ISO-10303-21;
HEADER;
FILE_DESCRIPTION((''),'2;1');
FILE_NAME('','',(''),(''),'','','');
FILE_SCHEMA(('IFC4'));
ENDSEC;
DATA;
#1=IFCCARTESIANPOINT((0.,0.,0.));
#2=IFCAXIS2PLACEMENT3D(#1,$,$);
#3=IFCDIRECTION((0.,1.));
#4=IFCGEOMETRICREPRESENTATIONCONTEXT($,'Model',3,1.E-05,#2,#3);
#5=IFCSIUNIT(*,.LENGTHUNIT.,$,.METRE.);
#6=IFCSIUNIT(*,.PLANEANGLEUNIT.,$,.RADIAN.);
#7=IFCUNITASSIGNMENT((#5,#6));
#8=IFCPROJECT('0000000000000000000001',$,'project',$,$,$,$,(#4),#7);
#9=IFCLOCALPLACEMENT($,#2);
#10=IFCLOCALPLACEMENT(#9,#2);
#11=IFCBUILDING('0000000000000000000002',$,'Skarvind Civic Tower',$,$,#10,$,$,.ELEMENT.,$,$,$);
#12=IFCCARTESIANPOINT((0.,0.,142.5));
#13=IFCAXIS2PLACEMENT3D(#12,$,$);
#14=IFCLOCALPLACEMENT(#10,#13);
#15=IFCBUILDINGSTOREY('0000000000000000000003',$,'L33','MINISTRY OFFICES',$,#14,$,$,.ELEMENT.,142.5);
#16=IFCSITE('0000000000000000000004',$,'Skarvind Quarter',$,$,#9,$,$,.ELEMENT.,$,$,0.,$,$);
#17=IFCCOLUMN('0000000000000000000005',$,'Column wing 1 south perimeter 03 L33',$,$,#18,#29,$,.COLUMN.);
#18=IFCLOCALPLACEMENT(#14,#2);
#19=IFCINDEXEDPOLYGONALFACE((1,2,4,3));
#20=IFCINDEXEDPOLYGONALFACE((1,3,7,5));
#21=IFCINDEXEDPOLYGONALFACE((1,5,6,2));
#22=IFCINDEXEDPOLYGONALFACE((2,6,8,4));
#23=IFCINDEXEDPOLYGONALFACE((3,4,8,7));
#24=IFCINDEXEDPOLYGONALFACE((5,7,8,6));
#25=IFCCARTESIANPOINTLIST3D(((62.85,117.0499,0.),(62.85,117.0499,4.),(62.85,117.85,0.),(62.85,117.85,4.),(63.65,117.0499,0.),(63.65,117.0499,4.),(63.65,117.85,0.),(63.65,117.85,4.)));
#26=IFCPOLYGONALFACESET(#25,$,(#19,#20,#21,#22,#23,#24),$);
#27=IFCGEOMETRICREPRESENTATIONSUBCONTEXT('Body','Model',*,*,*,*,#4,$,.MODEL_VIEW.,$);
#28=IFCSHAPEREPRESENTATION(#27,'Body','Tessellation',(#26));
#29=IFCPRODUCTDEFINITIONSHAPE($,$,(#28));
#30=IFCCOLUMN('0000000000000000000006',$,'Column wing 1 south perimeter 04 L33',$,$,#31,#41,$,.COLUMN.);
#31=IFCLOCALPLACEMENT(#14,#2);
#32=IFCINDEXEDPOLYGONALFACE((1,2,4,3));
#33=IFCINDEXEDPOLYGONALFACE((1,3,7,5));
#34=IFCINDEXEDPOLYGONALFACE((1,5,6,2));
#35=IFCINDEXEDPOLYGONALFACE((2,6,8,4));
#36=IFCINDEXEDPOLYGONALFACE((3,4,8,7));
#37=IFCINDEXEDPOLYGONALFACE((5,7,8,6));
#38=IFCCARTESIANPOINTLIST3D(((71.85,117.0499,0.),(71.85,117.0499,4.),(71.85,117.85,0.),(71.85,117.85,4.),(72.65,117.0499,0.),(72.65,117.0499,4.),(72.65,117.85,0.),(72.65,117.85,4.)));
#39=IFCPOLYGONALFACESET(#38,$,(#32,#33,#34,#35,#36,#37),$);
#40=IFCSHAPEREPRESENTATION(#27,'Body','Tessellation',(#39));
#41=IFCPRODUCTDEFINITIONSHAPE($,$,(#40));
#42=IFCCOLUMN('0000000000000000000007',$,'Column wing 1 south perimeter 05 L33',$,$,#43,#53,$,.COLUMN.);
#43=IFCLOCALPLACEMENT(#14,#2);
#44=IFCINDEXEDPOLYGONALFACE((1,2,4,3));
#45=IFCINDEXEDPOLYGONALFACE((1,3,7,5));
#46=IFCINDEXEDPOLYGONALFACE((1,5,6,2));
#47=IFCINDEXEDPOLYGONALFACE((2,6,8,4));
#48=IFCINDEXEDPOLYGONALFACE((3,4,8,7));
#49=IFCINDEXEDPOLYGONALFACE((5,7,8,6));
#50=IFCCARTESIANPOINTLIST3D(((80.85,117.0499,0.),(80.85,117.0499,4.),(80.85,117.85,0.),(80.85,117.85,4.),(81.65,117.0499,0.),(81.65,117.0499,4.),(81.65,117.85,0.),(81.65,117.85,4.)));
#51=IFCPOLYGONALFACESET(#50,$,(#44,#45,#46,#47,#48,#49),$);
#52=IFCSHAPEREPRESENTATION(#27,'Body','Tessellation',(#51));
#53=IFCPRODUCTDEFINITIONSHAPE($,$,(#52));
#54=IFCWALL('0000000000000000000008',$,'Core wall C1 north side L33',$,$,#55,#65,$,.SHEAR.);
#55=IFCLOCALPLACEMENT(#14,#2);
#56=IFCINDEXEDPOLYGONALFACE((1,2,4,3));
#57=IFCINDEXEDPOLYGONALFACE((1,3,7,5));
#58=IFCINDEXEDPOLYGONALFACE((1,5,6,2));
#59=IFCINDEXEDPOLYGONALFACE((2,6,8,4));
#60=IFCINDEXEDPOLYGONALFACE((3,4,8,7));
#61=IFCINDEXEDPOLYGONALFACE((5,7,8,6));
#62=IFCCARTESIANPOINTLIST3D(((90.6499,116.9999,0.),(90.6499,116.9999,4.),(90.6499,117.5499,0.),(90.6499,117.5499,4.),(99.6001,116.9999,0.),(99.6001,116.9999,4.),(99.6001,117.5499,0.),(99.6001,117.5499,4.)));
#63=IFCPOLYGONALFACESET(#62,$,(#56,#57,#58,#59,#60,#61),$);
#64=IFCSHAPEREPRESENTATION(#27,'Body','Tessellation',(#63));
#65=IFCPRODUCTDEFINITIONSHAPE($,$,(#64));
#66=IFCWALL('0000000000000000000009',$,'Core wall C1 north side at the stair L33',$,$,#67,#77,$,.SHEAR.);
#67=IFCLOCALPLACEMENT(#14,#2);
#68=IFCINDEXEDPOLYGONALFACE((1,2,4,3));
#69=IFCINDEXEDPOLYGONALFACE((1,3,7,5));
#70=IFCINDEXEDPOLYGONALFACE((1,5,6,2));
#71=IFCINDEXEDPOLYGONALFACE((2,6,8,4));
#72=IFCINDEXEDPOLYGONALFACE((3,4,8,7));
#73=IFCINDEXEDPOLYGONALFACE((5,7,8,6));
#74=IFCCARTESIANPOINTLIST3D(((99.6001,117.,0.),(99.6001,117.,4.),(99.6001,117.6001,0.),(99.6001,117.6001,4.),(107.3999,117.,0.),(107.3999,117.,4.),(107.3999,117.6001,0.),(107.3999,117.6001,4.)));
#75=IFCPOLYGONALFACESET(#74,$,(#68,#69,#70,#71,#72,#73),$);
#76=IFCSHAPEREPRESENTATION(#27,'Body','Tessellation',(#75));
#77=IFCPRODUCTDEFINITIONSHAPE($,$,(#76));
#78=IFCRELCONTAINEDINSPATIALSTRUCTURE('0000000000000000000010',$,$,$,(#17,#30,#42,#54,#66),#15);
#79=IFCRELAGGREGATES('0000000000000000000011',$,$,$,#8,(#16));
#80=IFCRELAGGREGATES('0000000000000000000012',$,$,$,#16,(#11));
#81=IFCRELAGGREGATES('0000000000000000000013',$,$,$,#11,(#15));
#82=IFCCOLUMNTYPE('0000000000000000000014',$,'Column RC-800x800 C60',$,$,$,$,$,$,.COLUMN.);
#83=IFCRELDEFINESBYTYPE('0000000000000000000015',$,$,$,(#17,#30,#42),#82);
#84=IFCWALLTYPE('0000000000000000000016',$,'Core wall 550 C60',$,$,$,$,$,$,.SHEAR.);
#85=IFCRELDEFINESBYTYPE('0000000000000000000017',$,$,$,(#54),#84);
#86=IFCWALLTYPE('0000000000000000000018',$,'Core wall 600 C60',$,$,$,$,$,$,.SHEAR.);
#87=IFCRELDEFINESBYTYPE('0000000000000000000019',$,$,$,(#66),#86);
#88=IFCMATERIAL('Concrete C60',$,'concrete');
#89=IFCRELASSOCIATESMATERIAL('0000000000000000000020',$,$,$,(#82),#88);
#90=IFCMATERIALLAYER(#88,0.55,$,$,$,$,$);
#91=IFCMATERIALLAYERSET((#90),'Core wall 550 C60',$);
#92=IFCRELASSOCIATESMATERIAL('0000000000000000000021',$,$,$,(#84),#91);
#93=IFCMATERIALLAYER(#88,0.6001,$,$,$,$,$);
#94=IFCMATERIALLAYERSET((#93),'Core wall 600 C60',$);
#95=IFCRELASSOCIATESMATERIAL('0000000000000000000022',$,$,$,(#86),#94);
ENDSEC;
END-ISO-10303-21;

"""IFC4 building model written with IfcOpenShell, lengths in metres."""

from ifc_helpers import new_model, si_unit, direction, frame, frame_2d, origin, origin_2d, place, context, subcontext, project, spatial, rectangle, extrude, material, layer, layer_set, material_profile, profile_set, type_object, element, save


model = new_model("IFC4")

# Units and contexts
model_context = context("Model", 3, precision=1e-05, world=origin(), true_north=direction((0.0, 1.0)))
body_context = subcontext(model_context, "Body", "Model", "MODEL_VIEW")
ifc_project = project(units=[si_unit("LENGTHUNIT", "METRE"), si_unit("PLANEANGLEUNIT", "RADIAN")], contexts=[model_context])

# Site, building, storey
site_placement = place(None, origin())
site = spatial("IfcSite", under=ifc_project, at=site_placement, Name="Skarvind Quarter", CompositionType="ELEMENT", RefElevation=0.0)
building_placement = place(site_placement, origin())
building = spatial("IfcBuilding", under=site, at=building_placement, Name="Skarvind Civic Tower", CompositionType="ELEMENT")
storey_placement = place(building_placement, frame((0.0, 0.0, 142.5)))
storey = spatial("IfcBuildingStorey", under=building, at=storey_placement, Name="L33", Description="MINISTRY OFFICES", CompositionType="ELEMENT", Elevation=142.5)

# Columns
ifc_material_1 = material(Name="Concrete C60", Category="concrete")
ifc_material_profile_1 = material_profile(ifc_material_1, rectangle(XDim=0.8, YDim=0.8, at=origin_2d()), Name="RC-800x800")
ifc_profile_set_1 = profile_set([ifc_material_profile_1], Name="Concrete C60")
column_type = type_object("IfcColumnType", Name="Column RC-800x800 C60", PredefinedType="COLUMN", material=ifc_profile_set_1)
for number, where, z_axis, x_axis, name in (
    (1, (63.25, 117.45, 0.0), (0.0, 0.0, 1.0), (1.0, 0.0, 0.0), "Column wing 1 south perimeter 03 L33"),
    (2, (72.25, 117.45, 0.0), (0.0, 0.0, 1.0), (1.0, 0.0, 0.0), "Column wing 1 south perimeter 04 L33"),
    (3, (81.25, 117.45, 0.0), (0.0, 0.0, 1.0), (1.0, 0.0, 0.0), "Column wing 1 south perimeter 05 L33"),
):
    element("IfcColumn", number, at=place(storey_placement, frame(where, z_axis=z_axis, x_axis=x_axis)), inside=storey, type_object=column_type, Name=name, PredefinedType="COLUMN", context=body_context, shape_type="SweptSolid", body=[
        extrude(rectangle(XDim=0.8, YDim=0.8, at=origin_2d()), origin(), (0.0, 0.0, 1.0), 4.0),
    ])

# Walls
ifc_layer_1 = layer(ifc_material_1, 0.55)
ifc_layer_set_1 = layer_set([ifc_layer_1], Name="Core wall 550 C60")
wall_type_1 = type_object("IfcWallType", Name="Core wall 550 C60", PredefinedType="SHEAR", material=ifc_layer_set_1)
wall_1_placement = place(storey_placement, frame((99.6001, 117.2749, 0.0), z_axis=(0.0, 0.0, 1.0), x_axis=(-1.0, 0.0, 0.0)))
element("IfcWall", 4, at=wall_1_placement, inside=storey, type_object=wall_type_1, Name="Core wall C1 north side L33", PredefinedType="SHEAR", context=body_context, shape_type="SweptSolid", body=[
    extrude(rectangle(XDim=8.9502, YDim=0.55, at=frame_2d((4.4751, 0.0))), origin(), (0.0, 0.0, 1.0), 4.0),
])
ifc_layer_2 = layer(ifc_material_1, 0.6001)
ifc_layer_set_2 = layer_set([ifc_layer_2], Name="Core wall 600 C60")
wall_type_2 = type_object("IfcWallType", Name="Core wall 600 C60", PredefinedType="SHEAR", material=ifc_layer_set_2)
wall_2_placement = place(storey_placement, frame((107.3999, 117.3, 0.0), z_axis=(0.0, 0.0, 1.0), x_axis=(-1.0, 0.0, 0.0)))
element("IfcWall", 5, at=wall_2_placement, inside=storey, type_object=wall_type_2, Name="Core wall C1 north side at the stair L33", PredefinedType="SHEAR", context=body_context, shape_type="SweptSolid", body=[
    extrude(rectangle(XDim=7.7998, YDim=0.6001, at=frame_2d((3.8999, 0.0))), origin(), (0.0, 0.0, 1.0), 4.0),
])

save(model, "model.ifc")
